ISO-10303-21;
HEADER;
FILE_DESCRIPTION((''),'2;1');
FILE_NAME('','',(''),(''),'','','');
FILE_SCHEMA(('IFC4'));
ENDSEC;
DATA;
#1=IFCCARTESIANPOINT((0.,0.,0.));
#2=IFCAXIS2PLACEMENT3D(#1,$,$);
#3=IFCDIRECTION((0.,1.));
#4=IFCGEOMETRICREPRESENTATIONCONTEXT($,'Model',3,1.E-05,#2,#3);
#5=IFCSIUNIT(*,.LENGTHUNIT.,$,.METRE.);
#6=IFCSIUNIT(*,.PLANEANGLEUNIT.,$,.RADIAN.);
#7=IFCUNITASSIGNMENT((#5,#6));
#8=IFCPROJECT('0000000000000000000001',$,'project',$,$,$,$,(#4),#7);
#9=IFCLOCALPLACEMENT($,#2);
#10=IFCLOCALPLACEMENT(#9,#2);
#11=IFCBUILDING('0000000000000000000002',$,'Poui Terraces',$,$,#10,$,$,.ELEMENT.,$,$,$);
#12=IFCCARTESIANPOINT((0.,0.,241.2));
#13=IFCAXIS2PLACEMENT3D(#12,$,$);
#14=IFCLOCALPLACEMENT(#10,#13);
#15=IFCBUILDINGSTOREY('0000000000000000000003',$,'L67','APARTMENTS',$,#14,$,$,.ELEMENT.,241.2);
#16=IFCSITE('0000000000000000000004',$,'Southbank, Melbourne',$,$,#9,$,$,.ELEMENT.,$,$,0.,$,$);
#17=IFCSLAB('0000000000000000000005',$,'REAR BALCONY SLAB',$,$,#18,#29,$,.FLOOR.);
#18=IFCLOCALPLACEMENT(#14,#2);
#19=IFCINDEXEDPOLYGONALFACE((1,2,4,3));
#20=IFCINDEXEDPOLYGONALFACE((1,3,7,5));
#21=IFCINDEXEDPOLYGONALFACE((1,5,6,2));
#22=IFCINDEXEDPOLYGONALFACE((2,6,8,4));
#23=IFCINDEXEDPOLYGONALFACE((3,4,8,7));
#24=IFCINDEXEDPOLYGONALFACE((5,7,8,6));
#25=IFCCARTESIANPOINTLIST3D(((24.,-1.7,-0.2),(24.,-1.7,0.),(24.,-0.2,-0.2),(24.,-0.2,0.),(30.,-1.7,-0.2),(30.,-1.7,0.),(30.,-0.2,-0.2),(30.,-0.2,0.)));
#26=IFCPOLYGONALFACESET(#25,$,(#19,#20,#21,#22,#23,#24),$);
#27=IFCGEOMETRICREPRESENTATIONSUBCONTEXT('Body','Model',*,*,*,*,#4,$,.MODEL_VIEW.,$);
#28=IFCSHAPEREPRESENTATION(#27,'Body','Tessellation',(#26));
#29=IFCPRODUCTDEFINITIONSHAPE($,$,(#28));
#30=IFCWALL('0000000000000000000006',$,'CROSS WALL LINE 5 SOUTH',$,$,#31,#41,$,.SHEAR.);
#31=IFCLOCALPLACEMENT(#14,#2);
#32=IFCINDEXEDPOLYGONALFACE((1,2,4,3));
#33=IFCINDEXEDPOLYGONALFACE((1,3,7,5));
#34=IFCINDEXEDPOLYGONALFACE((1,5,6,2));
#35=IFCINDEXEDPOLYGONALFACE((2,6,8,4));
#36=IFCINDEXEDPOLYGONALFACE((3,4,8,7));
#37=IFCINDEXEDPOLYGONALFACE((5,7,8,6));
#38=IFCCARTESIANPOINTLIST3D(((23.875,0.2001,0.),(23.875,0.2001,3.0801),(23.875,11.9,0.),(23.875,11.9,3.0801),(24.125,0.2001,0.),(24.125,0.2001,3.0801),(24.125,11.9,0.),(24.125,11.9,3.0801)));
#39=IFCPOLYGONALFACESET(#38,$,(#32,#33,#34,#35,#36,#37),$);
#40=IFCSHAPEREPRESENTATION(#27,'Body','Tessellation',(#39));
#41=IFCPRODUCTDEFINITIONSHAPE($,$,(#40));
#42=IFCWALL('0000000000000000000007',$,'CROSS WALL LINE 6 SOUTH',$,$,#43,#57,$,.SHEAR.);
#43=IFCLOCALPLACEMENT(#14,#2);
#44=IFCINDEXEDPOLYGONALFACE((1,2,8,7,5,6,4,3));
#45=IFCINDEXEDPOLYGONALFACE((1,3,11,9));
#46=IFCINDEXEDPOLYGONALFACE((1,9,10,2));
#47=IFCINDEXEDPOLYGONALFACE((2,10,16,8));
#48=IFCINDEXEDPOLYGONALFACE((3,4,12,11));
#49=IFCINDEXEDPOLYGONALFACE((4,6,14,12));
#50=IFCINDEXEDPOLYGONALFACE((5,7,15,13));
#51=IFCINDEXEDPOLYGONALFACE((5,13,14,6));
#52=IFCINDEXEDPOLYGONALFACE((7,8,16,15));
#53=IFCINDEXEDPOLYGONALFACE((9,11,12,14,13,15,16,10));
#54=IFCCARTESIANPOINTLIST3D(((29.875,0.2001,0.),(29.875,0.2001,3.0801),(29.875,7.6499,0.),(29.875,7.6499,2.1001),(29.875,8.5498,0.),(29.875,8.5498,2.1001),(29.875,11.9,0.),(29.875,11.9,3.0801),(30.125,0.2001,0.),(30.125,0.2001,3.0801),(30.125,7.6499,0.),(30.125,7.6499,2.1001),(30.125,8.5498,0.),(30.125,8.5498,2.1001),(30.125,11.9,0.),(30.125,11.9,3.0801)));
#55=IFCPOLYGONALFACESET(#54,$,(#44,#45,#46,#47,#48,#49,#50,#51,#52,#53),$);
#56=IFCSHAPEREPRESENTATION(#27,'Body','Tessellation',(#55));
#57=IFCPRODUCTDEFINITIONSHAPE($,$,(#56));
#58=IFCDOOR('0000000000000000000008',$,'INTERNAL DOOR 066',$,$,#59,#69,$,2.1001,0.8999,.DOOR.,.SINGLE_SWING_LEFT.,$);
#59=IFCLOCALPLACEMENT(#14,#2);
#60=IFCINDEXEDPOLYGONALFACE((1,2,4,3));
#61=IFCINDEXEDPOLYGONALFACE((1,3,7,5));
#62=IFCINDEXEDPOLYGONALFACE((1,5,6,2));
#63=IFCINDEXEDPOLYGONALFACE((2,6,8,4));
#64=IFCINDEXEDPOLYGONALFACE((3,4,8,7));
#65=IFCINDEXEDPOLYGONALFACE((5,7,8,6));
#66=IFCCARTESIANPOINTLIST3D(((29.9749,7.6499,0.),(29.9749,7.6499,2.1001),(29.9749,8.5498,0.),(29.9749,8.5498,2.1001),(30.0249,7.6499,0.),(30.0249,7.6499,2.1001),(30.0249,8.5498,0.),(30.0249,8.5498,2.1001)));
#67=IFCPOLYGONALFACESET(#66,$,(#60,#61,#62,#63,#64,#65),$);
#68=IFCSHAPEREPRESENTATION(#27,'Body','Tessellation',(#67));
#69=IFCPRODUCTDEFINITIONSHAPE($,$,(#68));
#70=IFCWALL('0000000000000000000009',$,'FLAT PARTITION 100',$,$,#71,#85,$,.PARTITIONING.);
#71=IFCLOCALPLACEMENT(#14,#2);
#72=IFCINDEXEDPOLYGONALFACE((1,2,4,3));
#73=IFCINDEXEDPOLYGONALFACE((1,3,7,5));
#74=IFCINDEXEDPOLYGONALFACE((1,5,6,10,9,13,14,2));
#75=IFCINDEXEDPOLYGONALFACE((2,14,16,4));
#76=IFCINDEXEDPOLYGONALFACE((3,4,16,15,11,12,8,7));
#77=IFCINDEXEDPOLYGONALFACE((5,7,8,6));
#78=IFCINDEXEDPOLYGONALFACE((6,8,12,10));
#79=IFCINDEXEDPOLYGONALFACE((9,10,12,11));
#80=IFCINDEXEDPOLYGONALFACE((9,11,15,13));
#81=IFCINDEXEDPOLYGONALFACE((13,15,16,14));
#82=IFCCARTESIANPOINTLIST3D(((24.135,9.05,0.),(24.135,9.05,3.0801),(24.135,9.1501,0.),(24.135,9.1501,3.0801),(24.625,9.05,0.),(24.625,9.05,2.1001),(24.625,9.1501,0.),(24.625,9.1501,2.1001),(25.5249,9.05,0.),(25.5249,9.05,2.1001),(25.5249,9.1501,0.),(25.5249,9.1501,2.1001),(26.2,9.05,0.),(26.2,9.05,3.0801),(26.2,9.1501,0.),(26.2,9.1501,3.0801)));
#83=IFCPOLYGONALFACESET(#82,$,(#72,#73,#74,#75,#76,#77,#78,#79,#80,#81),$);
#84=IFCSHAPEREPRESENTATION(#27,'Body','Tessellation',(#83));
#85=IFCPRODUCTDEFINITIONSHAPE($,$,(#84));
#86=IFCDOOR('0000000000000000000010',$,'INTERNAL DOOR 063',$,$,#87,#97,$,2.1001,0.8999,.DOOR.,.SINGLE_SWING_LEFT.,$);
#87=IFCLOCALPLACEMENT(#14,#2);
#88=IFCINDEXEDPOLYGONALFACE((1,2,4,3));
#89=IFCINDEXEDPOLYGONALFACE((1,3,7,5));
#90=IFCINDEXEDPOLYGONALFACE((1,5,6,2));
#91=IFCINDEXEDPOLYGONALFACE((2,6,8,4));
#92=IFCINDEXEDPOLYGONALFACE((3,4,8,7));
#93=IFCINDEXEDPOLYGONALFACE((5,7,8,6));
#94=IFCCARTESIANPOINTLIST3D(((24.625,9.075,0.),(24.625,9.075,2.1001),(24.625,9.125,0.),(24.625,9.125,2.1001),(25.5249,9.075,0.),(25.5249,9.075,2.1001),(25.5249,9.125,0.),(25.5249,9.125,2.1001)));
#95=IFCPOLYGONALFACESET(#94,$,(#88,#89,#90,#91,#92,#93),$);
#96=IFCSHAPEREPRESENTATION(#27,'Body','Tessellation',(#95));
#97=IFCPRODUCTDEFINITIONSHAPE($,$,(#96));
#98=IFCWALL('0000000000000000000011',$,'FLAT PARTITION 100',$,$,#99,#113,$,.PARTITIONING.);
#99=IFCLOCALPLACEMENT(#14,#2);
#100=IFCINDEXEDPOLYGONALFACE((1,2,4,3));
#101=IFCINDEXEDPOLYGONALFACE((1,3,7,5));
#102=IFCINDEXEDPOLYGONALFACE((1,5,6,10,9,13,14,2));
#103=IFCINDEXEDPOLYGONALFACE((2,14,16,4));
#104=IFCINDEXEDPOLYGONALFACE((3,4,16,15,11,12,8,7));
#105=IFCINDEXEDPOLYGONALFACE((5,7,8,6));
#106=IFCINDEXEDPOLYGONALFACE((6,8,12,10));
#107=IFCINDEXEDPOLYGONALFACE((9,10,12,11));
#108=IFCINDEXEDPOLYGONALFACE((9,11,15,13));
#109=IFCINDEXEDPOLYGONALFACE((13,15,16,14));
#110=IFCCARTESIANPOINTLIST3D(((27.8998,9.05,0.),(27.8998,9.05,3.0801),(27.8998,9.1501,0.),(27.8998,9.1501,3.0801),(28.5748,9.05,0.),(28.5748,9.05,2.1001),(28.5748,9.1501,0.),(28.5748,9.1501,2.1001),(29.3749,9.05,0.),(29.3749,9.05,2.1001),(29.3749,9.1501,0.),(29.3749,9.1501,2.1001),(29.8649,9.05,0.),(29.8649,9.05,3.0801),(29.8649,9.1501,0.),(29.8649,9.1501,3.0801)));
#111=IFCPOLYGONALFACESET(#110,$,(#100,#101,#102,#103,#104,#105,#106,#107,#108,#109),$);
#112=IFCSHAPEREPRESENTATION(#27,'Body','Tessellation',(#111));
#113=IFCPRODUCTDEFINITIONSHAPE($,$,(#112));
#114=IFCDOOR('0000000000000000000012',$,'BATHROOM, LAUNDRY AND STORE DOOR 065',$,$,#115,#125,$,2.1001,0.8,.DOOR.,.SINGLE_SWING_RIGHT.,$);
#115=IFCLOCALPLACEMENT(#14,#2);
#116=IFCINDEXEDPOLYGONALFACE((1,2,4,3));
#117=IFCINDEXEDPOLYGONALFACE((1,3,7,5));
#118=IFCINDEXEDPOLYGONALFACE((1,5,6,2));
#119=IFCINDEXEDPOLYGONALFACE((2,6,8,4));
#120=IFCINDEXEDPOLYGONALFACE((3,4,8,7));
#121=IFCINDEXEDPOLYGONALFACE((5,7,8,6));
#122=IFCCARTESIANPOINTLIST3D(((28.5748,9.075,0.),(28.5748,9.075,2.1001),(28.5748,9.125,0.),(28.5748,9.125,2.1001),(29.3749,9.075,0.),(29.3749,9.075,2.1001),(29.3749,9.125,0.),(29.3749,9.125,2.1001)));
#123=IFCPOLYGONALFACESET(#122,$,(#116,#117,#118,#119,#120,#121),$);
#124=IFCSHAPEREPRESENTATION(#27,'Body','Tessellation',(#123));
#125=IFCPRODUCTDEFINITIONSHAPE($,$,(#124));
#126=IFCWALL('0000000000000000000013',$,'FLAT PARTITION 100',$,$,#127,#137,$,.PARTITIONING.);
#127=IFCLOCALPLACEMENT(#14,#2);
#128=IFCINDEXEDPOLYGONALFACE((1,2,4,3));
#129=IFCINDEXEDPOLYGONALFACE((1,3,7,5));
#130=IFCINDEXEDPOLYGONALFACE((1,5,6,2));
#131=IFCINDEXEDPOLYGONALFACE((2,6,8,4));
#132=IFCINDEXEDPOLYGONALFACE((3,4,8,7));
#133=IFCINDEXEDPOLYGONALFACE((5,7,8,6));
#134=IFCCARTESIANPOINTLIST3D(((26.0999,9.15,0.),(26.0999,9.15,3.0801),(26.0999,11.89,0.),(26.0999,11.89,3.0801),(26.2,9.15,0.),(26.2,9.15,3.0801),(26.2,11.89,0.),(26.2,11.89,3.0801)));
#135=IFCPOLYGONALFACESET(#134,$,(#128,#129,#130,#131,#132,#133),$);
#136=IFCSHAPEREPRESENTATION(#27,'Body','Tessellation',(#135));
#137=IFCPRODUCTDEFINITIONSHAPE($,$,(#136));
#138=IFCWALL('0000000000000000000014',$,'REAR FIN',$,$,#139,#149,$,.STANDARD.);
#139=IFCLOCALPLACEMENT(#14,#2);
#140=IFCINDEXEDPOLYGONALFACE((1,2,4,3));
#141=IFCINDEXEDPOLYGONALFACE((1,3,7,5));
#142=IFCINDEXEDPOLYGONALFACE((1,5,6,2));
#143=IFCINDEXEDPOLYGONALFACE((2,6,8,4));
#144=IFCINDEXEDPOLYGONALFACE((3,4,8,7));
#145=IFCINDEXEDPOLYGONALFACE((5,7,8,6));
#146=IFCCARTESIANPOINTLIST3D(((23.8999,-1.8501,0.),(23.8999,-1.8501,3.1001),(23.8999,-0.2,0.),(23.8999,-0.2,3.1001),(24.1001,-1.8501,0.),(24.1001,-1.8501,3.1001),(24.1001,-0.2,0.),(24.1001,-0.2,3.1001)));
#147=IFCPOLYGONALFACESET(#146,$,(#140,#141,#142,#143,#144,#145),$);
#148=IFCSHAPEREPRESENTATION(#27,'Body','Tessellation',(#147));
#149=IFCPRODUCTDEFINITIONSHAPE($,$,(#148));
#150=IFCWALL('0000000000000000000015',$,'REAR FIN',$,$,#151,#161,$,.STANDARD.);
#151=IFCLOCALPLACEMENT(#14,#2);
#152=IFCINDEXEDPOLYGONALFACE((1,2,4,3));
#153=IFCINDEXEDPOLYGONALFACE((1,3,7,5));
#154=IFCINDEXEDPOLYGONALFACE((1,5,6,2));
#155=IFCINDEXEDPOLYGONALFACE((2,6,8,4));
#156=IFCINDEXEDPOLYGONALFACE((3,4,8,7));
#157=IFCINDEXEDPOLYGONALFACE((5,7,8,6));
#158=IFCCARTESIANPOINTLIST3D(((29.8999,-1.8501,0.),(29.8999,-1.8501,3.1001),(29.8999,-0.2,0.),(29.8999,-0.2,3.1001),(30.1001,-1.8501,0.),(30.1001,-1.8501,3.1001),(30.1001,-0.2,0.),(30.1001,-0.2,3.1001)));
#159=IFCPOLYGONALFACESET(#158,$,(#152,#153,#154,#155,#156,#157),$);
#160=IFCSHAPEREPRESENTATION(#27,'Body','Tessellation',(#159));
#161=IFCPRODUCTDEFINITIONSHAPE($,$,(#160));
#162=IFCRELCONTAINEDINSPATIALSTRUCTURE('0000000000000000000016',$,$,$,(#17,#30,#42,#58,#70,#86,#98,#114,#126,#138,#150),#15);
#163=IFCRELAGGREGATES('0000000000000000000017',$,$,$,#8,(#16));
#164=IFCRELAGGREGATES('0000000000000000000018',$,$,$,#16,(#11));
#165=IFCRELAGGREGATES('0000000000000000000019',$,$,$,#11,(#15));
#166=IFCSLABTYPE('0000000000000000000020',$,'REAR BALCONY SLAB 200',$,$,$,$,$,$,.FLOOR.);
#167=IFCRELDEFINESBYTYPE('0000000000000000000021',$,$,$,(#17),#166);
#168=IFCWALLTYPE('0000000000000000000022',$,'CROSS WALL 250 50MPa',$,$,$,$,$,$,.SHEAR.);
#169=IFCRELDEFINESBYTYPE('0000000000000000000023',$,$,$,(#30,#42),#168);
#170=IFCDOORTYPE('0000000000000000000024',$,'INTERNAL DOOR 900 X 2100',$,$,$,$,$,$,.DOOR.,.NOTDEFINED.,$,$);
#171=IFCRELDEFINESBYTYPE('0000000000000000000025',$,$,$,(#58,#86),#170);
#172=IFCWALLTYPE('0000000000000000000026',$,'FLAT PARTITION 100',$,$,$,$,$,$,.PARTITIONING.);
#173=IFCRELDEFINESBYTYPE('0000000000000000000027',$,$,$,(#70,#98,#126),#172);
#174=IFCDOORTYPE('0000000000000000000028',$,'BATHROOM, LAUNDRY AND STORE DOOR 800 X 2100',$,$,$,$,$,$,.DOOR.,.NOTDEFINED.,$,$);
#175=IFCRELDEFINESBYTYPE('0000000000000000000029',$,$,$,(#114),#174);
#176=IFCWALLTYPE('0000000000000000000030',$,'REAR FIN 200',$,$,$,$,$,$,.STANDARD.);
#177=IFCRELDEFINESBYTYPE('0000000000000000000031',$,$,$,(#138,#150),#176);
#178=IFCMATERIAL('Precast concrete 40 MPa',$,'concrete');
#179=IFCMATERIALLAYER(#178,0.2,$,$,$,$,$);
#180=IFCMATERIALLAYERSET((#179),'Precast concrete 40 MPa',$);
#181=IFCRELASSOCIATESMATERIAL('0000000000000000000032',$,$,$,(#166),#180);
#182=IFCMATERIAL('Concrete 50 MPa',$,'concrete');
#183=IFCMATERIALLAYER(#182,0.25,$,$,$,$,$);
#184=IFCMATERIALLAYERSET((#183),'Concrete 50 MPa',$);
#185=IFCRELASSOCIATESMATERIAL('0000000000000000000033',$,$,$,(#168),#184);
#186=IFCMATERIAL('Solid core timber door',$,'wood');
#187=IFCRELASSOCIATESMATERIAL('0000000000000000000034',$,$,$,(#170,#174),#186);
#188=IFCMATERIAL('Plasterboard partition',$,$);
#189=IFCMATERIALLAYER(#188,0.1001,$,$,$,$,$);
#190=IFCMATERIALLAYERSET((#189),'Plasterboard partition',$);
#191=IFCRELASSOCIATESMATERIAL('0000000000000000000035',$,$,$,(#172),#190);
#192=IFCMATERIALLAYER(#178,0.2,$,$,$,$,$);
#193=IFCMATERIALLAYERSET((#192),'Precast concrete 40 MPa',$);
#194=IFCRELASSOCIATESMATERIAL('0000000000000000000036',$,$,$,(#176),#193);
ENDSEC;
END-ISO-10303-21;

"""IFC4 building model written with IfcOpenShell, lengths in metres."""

from ifc_helpers import new_model, si_unit, direction, frame, frame_2d, origin, place, context, subcontext, project, spatial, polyline, rectangle, outline, extrude, source, transform, mapped, material, layer, layer_set, type_object, element, fill, save


model = new_model("IFC4")

# Units and contexts
model_context = context("Model", 3, precision=1e-05, world=origin(), true_north=direction((0.0, 1.0)))
body_context = subcontext(model_context, "Body", "Model", "MODEL_VIEW")
ifc_project = project(units=[si_unit("LENGTHUNIT", "METRE"), si_unit("PLANEANGLEUNIT", "RADIAN")], contexts=[model_context])

# Site, building, storey
site_placement = place(None, origin())
site = spatial("IfcSite", under=ifc_project, at=site_placement, Name="Southbank, Melbourne", CompositionType="ELEMENT", RefElevation=0.0)
building_placement = place(site_placement, origin())
building = spatial("IfcBuilding", under=site, at=building_placement, Name="Poui Terraces", CompositionType="ELEMENT")
storey_placement = place(building_placement, frame((0.0, 0.0, 241.2)))
storey = spatial("IfcBuildingStorey", under=building, at=storey_placement, Name="L67", Description="APARTMENTS", CompositionType="ELEMENT", Elevation=241.2)

# Slab
ifc_material_1 = material(Name="Precast concrete 40 MPa", Category="concrete")
ifc_layer_1 = layer(ifc_material_1, 0.2)
ifc_layer_set_1 = layer_set([ifc_layer_1], Name="Precast concrete 40 MPa")
slab_type = type_object("IfcSlabType", Name="REAR BALCONY SLAB 200", PredefinedType="FLOOR", material=ifc_layer_set_1)
shared_shape_1 = source(origin(), body_context, "Body", "SweptSolid", [
    extrude(outline(polyline([(0.0, 0.0), (6.0, 0.0), (6.0, 1.5), (0.0, 1.5), (0.0, 0.0)])), origin(), (0.0, 0.0, 1.0), 0.2),
])
slab_placement = place(storey_placement, frame((24.0, -1.7, -0.2)))
element("IfcSlab", 1, at=slab_placement, inside=storey, type_object=slab_type, Name="REAR BALCONY SLAB", PredefinedType="FLOOR", context=body_context, shape_type="MappedRepresentation", body=[
    mapped(shared_shape_1, transform((0.0, 0.0, 0.0))),
])

# Wall
ifc_material_2 = material(Name="Concrete 50 MPa", Category="concrete")
ifc_layer_2 = layer(ifc_material_2, 0.25)
ifc_layer_set_2 = layer_set([ifc_layer_2], Name="Concrete 50 MPa")
wall_type_1 = type_object("IfcWallType", Name="CROSS WALL 250 50MPa", PredefinedType="SHEAR", material=ifc_layer_set_2)
wall_1_placement = place(storey_placement, frame((24.0, 0.2, 0.0), z_axis=(0.0, 0.0, 1.0), x_axis=(0.0, 1.0, 0.0)))
element("IfcWall", 2, at=wall_1_placement, inside=storey, type_object=wall_type_1, Name="CROSS WALL LINE 5 SOUTH", PredefinedType="SHEAR", context=body_context, shape_type="SweptSolid", body=[
    extrude(rectangle(XDim=11.7, YDim=0.25, at=frame_2d((5.8501, 0.0))), origin(), (0.0, 0.0, 1.0), 3.0801),
])

# Walls, openings, doors
wall_2_placement = place(storey_placement, frame((30.0, 0.2, 0.0), z_axis=(0.0, 0.0, 1.0), x_axis=(0.0, 1.0, 0.0)))
wall_2 = element("IfcWall", 3, at=wall_2_placement, inside=storey, type_object=wall_type_1, Name="CROSS WALL LINE 6 SOUTH", PredefinedType="SHEAR", context=body_context, shape_type="SweptSolid", body=[
    extrude(rectangle(XDim=11.7, YDim=0.25, at=frame_2d((5.8501, 0.0))), origin(), (0.0, 0.0, 1.0), 3.0801),
])
opening_1_placement = place(wall_2_placement, frame((7.45, 0.0, 0.0)))
opening_1 = element("IfcOpeningElement", 4, at=opening_1_placement, cuts=wall_2, PredefinedType="OPENING", context=body_context, shape_type="SweptSolid", body=[
    extrude(rectangle(XDim=0.8999, YDim=2.1001, at=frame_2d((0.45, 1.05))), frame((0.0, 0.135, 0.0), z_axis=(0.0, -1.0, 0.0), x_axis=(1.0, 0.0, 0.0)), (0.0, 0.0, 1.0), 0.27),
])
ifc_material_3 = material(Name="Solid core timber door", Category="wood")
door_type_1 = type_object("IfcDoorType", Name="INTERNAL DOOR 900 X 2100", OperationType="NOTDEFINED", PredefinedType="DOOR", material=ifc_material_3)
door_1_placement = place(opening_1_placement, frame((0.8999, 0.0, 0.0), z_axis=(0.0, 0.0, 1.0), x_axis=(-1.0, 0.0, 0.0)))
door_1 = element("IfcDoor", 5, at=door_1_placement, inside=storey, type_object=door_type_1, Name="INTERNAL DOOR 066", OperationType="SINGLE_SWING_LEFT", OverallHeight=2.1001, OverallWidth=0.8999, PredefinedType="DOOR", context=body_context, shape_type="SweptSolid", body=[
    extrude(rectangle(XDim=0.8999, YDim=2.1001, at=frame_2d((0.45, 1.05))), frame((0.0, 0.0249, 0.0), z_axis=(0.0, -1.0, 0.0), x_axis=(1.0, 0.0, 0.0)), (0.0, 0.0, 1.0), 0.05),
])
fill(opening_1, door_1)
ifc_material_4 = material(Name="Plasterboard partition")
ifc_layer_3 = layer(ifc_material_4, 0.1001)
ifc_layer_set_3 = layer_set([ifc_layer_3], Name="Plasterboard partition")
wall_type_2 = type_object("IfcWallType", Name="FLAT PARTITION 100", PredefinedType="PARTITIONING", material=ifc_layer_set_3)
wall_3_placement = place(storey_placement, frame((24.135, 9.1001, 0.0), z_axis=(0.0, 0.0, 1.0), x_axis=(1.0, 0.0, 0.0)))
wall_3 = element("IfcWall", 6, at=wall_3_placement, inside=storey, type_object=wall_type_2, Name="FLAT PARTITION 100", PredefinedType="PARTITIONING", context=body_context, shape_type="SweptSolid", body=[
    extrude(rectangle(XDim=2.0649, YDim=0.1001, at=frame_2d((1.0325, 0.0))), origin(), (0.0, 0.0, 1.0), 3.0801),
])
opening_2_placement = place(wall_3_placement, frame((0.49, 0.0, 0.0)))
opening_2 = element("IfcOpeningElement", 7, at=opening_2_placement, cuts=wall_3, PredefinedType="OPENING", context=body_context, shape_type="SweptSolid", body=[
    extrude(rectangle(XDim=0.8999, YDim=2.1001, at=frame_2d((0.45, 1.05))), frame((0.0, 0.0601, 0.0), z_axis=(0.0, -1.0, 0.0), x_axis=(1.0, 0.0, 0.0)), (0.0, 0.0, 1.0), 0.1201),
])
door_2_placement = place(opening_2_placement, origin())
door_2 = element("IfcDoor", 8, at=door_2_placement, inside=storey, type_object=door_type_1, Name="INTERNAL DOOR 063", OperationType="SINGLE_SWING_LEFT", OverallHeight=2.1001, OverallWidth=0.8999, PredefinedType="DOOR", context=body_context, shape_type="SweptSolid", body=[
    extrude(rectangle(XDim=0.8999, YDim=2.1001, at=frame_2d((0.45, 1.05))), frame((0.0, 0.0249, 0.0), z_axis=(0.0, -1.0, 0.0), x_axis=(1.0, 0.0, 0.0)), (0.0, 0.0, 1.0), 0.05),
])
fill(opening_2, door_2)
wall_4_placement = place(storey_placement, frame((27.8999, 9.1001, 0.0), z_axis=(0.0, 0.0, 1.0), x_axis=(1.0, 0.0, 0.0)))
wall_4 = element("IfcWall", 9, at=wall_4_placement, inside=storey, type_object=wall_type_2, Name="FLAT PARTITION 100", PredefinedType="PARTITIONING", context=body_context, shape_type="SweptSolid", body=[
    extrude(rectangle(XDim=1.9651, YDim=0.1001, at=frame_2d((0.9824, 0.0))), origin(), (0.0, 0.0, 1.0), 3.0801),
])
opening_3_placement = place(wall_4_placement, frame((0.675, 0.0, 0.0)))
opening_3 = element("IfcOpeningElement", 10, at=opening_3_placement, cuts=wall_4, PredefinedType="OPENING", context=body_context, shape_type="SweptSolid", body=[
    extrude(rectangle(XDim=0.8, YDim=2.1001, at=frame_2d((0.3999, 1.05))), frame((0.0, 0.0601, 0.0), z_axis=(0.0, -1.0, 0.0), x_axis=(1.0, 0.0, 0.0)), (0.0, 0.0, 1.0), 0.1201),
])
door_type_2 = type_object("IfcDoorType", Name="BATHROOM, LAUNDRY AND STORE DOOR 800 X 2100", OperationType="NOTDEFINED", PredefinedType="DOOR", material=ifc_material_3)
door_3_placement = place(opening_3_placement, origin())
door_3 = element("IfcDoor", 11, at=door_3_placement, inside=storey, type_object=door_type_2, Name="BATHROOM, LAUNDRY AND STORE DOOR 065", OperationType="SINGLE_SWING_RIGHT", OverallHeight=2.1001, OverallWidth=0.8, PredefinedType="DOOR", context=body_context, shape_type="SweptSolid", body=[
    extrude(rectangle(XDim=0.8, YDim=2.1001, at=frame_2d((0.3999, 1.05))), frame((0.0, 0.0249, 0.0), z_axis=(0.0, -1.0, 0.0), x_axis=(1.0, 0.0, 0.0)), (0.0, 0.0, 1.0), 0.05),
])
fill(opening_3, door_3)

# Walls
wall_5_placement = place(storey_placement, frame((26.1499, 9.1499, 0.0), z_axis=(0.0, 0.0, 1.0), x_axis=(0.0, 1.0, 0.0)))
element("IfcWall", 12, at=wall_5_placement, inside=storey, type_object=wall_type_2, Name="FLAT PARTITION 100", PredefinedType="PARTITIONING", context=body_context, shape_type="SweptSolid", body=[
    extrude(rectangle(XDim=2.74, YDim=0.1001, at=frame_2d((1.3701, 0.0))), origin(), (0.0, 0.0, 1.0), 3.0801),
])
ifc_layer_4 = layer(ifc_material_1, 0.2)
ifc_layer_set_4 = layer_set([ifc_layer_4], Name="Precast concrete 40 MPa")
wall_type_3 = type_object("IfcWallType", Name="REAR FIN 200", PredefinedType="STANDARD", material=ifc_layer_set_4)
shared_shape_2 = source(origin(), body_context, "Body", "SweptSolid", [
    extrude(outline(polyline([(0.0, 0.0), (0.2002, 0.0), (0.2002, 1.6501), (0.0, 1.6501), (0.0, 0.0)])), origin(), (0.0, 0.0, 1.0), 3.1001),
])
for number, where, name in (
    (13, (23.8999, -1.8501, 0.0), "REAR FIN"),
    (14, (29.8999, -1.8501, 0.0), "REAR FIN"),
):
    element("IfcWall", number, at=place(storey_placement, frame(where)), inside=storey, type_object=wall_type_3, Name=name, PredefinedType="STANDARD", context=body_context, shape_type="MappedRepresentation", body=[
        mapped(shared_shape_2, transform((0.0, 0.0, 0.0))),
    ])

save(model, "model.ifc")
